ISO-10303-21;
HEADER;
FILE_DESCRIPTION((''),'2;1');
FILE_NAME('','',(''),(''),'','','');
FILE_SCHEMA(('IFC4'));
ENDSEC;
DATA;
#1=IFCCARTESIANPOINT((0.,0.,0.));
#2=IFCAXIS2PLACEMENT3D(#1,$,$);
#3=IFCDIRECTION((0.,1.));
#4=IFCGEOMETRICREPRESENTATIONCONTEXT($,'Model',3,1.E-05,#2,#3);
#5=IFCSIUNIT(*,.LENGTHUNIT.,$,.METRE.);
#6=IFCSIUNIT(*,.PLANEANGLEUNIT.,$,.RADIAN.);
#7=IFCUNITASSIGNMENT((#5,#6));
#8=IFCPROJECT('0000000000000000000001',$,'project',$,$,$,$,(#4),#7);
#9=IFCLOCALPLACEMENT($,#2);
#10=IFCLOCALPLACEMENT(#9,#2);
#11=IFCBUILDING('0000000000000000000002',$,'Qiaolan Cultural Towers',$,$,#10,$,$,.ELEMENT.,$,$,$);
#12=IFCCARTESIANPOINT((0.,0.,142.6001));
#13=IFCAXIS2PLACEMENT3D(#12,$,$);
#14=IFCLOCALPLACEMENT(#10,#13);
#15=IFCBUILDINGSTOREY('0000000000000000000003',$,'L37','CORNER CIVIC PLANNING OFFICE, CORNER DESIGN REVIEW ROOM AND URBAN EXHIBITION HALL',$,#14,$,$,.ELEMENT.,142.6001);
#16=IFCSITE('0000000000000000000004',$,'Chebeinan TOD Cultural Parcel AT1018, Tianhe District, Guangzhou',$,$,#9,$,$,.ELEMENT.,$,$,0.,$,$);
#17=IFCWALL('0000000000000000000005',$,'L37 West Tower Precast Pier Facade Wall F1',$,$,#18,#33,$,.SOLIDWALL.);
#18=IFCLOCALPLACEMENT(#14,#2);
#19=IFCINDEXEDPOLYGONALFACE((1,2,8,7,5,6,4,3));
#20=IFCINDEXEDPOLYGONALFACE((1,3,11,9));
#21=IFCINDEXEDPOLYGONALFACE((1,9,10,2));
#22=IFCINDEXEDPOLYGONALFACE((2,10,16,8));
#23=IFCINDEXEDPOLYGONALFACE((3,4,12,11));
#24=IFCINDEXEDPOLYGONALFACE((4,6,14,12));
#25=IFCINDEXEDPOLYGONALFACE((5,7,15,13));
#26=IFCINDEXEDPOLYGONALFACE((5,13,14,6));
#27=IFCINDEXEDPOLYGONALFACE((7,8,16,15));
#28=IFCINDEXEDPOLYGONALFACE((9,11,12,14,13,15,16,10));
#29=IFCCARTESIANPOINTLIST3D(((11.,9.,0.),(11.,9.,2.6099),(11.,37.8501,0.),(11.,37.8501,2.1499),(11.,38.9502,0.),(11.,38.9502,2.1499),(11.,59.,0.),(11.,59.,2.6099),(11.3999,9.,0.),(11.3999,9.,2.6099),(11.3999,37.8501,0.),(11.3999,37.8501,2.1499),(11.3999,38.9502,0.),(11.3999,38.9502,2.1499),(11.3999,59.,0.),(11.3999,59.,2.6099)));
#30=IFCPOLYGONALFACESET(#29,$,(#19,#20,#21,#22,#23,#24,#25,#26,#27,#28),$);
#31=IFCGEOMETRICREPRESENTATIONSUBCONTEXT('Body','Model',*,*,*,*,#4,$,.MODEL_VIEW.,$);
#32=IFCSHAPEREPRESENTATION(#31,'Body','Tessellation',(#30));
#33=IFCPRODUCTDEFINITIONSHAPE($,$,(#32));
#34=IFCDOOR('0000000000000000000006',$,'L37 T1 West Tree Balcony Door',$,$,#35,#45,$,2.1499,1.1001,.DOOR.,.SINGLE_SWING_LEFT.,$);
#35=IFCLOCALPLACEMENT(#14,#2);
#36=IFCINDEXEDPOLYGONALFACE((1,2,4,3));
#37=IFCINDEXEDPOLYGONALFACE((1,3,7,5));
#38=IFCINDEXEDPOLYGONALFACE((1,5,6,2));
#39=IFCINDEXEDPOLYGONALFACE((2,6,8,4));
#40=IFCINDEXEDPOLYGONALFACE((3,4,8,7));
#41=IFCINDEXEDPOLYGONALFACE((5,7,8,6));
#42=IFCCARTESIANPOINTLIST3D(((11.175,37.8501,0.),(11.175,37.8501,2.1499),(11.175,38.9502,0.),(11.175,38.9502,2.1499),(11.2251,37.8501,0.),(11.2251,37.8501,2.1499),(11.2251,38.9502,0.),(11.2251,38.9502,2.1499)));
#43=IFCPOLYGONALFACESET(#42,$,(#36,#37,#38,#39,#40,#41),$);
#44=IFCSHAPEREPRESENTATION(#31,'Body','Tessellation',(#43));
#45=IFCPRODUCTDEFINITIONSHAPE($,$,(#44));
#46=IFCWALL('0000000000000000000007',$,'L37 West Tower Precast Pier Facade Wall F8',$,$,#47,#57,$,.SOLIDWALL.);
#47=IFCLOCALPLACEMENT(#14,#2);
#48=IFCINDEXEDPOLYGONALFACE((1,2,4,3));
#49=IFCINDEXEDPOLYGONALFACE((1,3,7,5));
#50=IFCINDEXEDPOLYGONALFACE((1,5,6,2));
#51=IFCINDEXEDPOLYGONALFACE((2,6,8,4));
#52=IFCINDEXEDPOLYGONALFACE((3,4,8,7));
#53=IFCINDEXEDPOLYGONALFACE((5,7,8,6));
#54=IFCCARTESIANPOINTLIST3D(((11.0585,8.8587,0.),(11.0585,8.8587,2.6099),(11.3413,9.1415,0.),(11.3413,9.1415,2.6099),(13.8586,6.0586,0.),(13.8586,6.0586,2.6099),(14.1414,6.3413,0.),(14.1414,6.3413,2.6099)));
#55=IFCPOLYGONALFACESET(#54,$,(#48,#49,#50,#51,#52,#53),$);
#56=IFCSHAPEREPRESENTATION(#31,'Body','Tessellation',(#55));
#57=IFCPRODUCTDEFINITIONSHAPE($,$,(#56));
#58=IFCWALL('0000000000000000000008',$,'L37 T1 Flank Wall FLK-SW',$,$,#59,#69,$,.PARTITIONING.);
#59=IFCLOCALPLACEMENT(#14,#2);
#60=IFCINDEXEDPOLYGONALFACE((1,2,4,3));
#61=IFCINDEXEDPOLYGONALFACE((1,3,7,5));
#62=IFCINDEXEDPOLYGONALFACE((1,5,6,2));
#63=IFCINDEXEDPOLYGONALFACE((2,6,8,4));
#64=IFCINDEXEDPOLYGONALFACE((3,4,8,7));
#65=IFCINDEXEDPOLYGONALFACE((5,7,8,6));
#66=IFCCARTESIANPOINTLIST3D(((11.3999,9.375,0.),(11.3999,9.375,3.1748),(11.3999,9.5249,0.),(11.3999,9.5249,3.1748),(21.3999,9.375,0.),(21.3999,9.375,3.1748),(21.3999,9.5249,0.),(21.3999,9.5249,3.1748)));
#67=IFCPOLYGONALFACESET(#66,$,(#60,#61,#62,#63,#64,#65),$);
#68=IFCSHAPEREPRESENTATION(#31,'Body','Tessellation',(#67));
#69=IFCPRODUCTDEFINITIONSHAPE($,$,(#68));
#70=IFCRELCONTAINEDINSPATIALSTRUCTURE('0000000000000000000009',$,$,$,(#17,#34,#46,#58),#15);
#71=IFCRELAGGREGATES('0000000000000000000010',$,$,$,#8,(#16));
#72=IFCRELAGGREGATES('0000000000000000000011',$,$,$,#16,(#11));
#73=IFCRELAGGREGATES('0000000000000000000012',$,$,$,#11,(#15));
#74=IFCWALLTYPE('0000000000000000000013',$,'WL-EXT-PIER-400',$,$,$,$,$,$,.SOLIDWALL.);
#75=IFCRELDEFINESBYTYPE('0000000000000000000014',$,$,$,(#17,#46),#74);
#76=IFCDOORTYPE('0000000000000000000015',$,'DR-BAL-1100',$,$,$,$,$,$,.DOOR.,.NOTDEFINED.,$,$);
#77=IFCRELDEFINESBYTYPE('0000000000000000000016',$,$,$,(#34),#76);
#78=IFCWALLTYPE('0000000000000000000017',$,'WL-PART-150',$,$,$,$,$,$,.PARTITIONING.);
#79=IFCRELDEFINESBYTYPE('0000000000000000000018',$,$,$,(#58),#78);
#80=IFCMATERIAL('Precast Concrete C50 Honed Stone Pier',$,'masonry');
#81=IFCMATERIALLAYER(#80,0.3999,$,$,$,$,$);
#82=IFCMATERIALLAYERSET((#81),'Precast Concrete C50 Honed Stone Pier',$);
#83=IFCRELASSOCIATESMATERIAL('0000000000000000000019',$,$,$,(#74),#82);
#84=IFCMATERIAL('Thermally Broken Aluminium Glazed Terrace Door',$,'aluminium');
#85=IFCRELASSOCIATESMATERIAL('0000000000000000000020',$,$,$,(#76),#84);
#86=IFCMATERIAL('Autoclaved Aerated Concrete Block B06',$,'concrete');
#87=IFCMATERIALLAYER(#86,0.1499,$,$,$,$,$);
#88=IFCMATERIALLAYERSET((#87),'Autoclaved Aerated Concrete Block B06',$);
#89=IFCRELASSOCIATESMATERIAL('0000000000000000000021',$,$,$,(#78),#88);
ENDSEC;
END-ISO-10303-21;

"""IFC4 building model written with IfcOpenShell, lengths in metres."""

from ifc_helpers import new_model, si_unit, direction, frame, frame_2d, origin, place, context, subcontext, project, spatial, rectangle, extrude, material, layer, layer_set, type_object, element, fill, save


model = new_model("IFC4")

# Units and contexts
model_context = context("Model", 3, precision=1e-05, world=origin(), true_north=direction((0.0, 1.0)))
body_context = subcontext(model_context, "Body", "Model", "MODEL_VIEW")
ifc_project = project(units=[si_unit("LENGTHUNIT", "METRE"), si_unit("PLANEANGLEUNIT", "RADIAN")], contexts=[model_context])

# Site, building, storey
site_placement = place(None, origin())
site = spatial("IfcSite", under=ifc_project, at=site_placement, Name="Chebeinan TOD Cultural Parcel AT1018, Tianhe District, Guangzhou", CompositionType="ELEMENT", RefElevation=0.0)
building_placement = place(site_placement, origin())
building = spatial("IfcBuilding", under=site, at=building_placement, Name="Qiaolan Cultural Towers", CompositionType="ELEMENT")
storey_placement = place(building_placement, frame((0.0, 0.0, 142.6001)))
storey = spatial("IfcBuildingStorey", under=building, at=storey_placement, Name="L37", Description="CORNER CIVIC PLANNING OFFICE, CORNER DESIGN REVIEW ROOM AND URBAN EXHIBITION HALL", CompositionType="ELEMENT", Elevation=142.6001)

# Wall, opening, door
ifc_material_1 = material(Name="Precast Concrete C50 Honed Stone Pier", Category="masonry")
ifc_layer_1 = layer(ifc_material_1, 0.3999)
ifc_layer_set_1 = layer_set([ifc_layer_1], Name="Precast Concrete C50 Honed Stone Pier")
wall_type_1 = type_object("IfcWallType", Name="WL-EXT-PIER-400", PredefinedType="SOLIDWALL", material=ifc_layer_set_1)
wall_1_placement = place(storey_placement, frame((11.2, 9.0, 0.0), z_axis=(0.0, 0.0, 1.0), x_axis=(0.0, 1.0, 0.0)))
wall_1 = element("IfcWall", 1, at=wall_1_placement, inside=storey, type_object=wall_type_1, Name="L37 West Tower Precast Pier Facade Wall F1", PredefinedType="SOLIDWALL", context=body_context, shape_type="SweptSolid", body=[
    extrude(rectangle(XDim=50.0, YDim=0.3999, at=frame_2d((25.0, 0.0))), origin(), (0.0, 0.0, 1.0), 2.6099),
])
opening_placement = place(wall_1_placement, frame((28.8501, 0.0, 0.0)))
opening = element("IfcOpeningElement", 2, at=opening_placement, cuts=wall_1, PredefinedType="OPENING", context=body_context, shape_type="SweptSolid", body=[
    extrude(rectangle(XDim=1.1001, YDim=2.1499, at=frame_2d((0.55, 1.075))), frame((0.0, 0.21, 0.0), z_axis=(0.0, -1.0, 0.0), x_axis=(1.0, 0.0, 0.0)), (0.0, 0.0, 1.0), 0.4199),
])
ifc_material_2 = material(Name="Thermally Broken Aluminium Glazed Terrace Door", Category="aluminium")
door_type = type_object("IfcDoorType", Name="DR-BAL-1100", OperationType="NOTDEFINED", PredefinedType="DOOR", material=ifc_material_2)
door_placement = place(opening_placement, origin())
door = element("IfcDoor", 3, at=door_placement, inside=storey, type_object=door_type, Name="L37 T1 West Tree Balcony Door", OperationType="SINGLE_SWING_LEFT", OverallHeight=2.1499, OverallWidth=1.1001, PredefinedType="DOOR", context=body_context, shape_type="SweptSolid", body=[
    extrude(rectangle(XDim=1.1001, YDim=2.1499, at=frame_2d((0.55, 1.075))), frame((0.0, 0.0249, 0.0), z_axis=(0.0, -1.0, 0.0), x_axis=(1.0, 0.0, 0.0)), (0.0, 0.0, 1.0), 0.05),
])
fill(opening, door)

# Walls
wall_2_placement = place(storey_placement, frame((14.0, 6.2, 0.0), z_axis=(0.0, 0.0, 1.0), x_axis=(-0.707107, 0.707107, 0.0)))
element("IfcWall", 4, at=wall_2_placement, inside=storey, type_object=wall_type_1, Name="L37 West Tower Precast Pier Facade Wall F8", PredefinedType="SOLIDWALL", context=body_context, shape_type="SweptSolid", body=[
    extrude(rectangle(XDim=3.96, YDim=0.3999, at=frame_2d((1.98, 0.0))), origin(), (0.0, 0.0, 1.0), 2.6099),
])
ifc_material_3 = material(Name="Autoclaved Aerated Concrete Block B06", Category="concrete")
ifc_layer_2 = layer(ifc_material_3, 0.1499)
ifc_layer_set_2 = layer_set([ifc_layer_2], Name="Autoclaved Aerated Concrete Block B06")
wall_type_2 = type_object("IfcWallType", Name="WL-PART-150", PredefinedType="PARTITIONING", material=ifc_layer_set_2)
wall_3_placement = place(storey_placement, frame((11.3999, 9.45, 0.0), z_axis=(0.0, 0.0, 1.0), x_axis=(1.0, 0.0, 0.0)))
element("IfcWall", 5, at=wall_3_placement, inside=storey, type_object=wall_type_2, Name="L37 T1 Flank Wall FLK-SW", PredefinedType="PARTITIONING", context=body_context, shape_type="SweptSolid", body=[
    extrude(rectangle(XDim=10.0, YDim=0.1499, at=frame_2d((5.0, 0.0))), origin(), (0.0, 0.0, 1.0), 3.1748),
])

save(model, "model.ifc")
